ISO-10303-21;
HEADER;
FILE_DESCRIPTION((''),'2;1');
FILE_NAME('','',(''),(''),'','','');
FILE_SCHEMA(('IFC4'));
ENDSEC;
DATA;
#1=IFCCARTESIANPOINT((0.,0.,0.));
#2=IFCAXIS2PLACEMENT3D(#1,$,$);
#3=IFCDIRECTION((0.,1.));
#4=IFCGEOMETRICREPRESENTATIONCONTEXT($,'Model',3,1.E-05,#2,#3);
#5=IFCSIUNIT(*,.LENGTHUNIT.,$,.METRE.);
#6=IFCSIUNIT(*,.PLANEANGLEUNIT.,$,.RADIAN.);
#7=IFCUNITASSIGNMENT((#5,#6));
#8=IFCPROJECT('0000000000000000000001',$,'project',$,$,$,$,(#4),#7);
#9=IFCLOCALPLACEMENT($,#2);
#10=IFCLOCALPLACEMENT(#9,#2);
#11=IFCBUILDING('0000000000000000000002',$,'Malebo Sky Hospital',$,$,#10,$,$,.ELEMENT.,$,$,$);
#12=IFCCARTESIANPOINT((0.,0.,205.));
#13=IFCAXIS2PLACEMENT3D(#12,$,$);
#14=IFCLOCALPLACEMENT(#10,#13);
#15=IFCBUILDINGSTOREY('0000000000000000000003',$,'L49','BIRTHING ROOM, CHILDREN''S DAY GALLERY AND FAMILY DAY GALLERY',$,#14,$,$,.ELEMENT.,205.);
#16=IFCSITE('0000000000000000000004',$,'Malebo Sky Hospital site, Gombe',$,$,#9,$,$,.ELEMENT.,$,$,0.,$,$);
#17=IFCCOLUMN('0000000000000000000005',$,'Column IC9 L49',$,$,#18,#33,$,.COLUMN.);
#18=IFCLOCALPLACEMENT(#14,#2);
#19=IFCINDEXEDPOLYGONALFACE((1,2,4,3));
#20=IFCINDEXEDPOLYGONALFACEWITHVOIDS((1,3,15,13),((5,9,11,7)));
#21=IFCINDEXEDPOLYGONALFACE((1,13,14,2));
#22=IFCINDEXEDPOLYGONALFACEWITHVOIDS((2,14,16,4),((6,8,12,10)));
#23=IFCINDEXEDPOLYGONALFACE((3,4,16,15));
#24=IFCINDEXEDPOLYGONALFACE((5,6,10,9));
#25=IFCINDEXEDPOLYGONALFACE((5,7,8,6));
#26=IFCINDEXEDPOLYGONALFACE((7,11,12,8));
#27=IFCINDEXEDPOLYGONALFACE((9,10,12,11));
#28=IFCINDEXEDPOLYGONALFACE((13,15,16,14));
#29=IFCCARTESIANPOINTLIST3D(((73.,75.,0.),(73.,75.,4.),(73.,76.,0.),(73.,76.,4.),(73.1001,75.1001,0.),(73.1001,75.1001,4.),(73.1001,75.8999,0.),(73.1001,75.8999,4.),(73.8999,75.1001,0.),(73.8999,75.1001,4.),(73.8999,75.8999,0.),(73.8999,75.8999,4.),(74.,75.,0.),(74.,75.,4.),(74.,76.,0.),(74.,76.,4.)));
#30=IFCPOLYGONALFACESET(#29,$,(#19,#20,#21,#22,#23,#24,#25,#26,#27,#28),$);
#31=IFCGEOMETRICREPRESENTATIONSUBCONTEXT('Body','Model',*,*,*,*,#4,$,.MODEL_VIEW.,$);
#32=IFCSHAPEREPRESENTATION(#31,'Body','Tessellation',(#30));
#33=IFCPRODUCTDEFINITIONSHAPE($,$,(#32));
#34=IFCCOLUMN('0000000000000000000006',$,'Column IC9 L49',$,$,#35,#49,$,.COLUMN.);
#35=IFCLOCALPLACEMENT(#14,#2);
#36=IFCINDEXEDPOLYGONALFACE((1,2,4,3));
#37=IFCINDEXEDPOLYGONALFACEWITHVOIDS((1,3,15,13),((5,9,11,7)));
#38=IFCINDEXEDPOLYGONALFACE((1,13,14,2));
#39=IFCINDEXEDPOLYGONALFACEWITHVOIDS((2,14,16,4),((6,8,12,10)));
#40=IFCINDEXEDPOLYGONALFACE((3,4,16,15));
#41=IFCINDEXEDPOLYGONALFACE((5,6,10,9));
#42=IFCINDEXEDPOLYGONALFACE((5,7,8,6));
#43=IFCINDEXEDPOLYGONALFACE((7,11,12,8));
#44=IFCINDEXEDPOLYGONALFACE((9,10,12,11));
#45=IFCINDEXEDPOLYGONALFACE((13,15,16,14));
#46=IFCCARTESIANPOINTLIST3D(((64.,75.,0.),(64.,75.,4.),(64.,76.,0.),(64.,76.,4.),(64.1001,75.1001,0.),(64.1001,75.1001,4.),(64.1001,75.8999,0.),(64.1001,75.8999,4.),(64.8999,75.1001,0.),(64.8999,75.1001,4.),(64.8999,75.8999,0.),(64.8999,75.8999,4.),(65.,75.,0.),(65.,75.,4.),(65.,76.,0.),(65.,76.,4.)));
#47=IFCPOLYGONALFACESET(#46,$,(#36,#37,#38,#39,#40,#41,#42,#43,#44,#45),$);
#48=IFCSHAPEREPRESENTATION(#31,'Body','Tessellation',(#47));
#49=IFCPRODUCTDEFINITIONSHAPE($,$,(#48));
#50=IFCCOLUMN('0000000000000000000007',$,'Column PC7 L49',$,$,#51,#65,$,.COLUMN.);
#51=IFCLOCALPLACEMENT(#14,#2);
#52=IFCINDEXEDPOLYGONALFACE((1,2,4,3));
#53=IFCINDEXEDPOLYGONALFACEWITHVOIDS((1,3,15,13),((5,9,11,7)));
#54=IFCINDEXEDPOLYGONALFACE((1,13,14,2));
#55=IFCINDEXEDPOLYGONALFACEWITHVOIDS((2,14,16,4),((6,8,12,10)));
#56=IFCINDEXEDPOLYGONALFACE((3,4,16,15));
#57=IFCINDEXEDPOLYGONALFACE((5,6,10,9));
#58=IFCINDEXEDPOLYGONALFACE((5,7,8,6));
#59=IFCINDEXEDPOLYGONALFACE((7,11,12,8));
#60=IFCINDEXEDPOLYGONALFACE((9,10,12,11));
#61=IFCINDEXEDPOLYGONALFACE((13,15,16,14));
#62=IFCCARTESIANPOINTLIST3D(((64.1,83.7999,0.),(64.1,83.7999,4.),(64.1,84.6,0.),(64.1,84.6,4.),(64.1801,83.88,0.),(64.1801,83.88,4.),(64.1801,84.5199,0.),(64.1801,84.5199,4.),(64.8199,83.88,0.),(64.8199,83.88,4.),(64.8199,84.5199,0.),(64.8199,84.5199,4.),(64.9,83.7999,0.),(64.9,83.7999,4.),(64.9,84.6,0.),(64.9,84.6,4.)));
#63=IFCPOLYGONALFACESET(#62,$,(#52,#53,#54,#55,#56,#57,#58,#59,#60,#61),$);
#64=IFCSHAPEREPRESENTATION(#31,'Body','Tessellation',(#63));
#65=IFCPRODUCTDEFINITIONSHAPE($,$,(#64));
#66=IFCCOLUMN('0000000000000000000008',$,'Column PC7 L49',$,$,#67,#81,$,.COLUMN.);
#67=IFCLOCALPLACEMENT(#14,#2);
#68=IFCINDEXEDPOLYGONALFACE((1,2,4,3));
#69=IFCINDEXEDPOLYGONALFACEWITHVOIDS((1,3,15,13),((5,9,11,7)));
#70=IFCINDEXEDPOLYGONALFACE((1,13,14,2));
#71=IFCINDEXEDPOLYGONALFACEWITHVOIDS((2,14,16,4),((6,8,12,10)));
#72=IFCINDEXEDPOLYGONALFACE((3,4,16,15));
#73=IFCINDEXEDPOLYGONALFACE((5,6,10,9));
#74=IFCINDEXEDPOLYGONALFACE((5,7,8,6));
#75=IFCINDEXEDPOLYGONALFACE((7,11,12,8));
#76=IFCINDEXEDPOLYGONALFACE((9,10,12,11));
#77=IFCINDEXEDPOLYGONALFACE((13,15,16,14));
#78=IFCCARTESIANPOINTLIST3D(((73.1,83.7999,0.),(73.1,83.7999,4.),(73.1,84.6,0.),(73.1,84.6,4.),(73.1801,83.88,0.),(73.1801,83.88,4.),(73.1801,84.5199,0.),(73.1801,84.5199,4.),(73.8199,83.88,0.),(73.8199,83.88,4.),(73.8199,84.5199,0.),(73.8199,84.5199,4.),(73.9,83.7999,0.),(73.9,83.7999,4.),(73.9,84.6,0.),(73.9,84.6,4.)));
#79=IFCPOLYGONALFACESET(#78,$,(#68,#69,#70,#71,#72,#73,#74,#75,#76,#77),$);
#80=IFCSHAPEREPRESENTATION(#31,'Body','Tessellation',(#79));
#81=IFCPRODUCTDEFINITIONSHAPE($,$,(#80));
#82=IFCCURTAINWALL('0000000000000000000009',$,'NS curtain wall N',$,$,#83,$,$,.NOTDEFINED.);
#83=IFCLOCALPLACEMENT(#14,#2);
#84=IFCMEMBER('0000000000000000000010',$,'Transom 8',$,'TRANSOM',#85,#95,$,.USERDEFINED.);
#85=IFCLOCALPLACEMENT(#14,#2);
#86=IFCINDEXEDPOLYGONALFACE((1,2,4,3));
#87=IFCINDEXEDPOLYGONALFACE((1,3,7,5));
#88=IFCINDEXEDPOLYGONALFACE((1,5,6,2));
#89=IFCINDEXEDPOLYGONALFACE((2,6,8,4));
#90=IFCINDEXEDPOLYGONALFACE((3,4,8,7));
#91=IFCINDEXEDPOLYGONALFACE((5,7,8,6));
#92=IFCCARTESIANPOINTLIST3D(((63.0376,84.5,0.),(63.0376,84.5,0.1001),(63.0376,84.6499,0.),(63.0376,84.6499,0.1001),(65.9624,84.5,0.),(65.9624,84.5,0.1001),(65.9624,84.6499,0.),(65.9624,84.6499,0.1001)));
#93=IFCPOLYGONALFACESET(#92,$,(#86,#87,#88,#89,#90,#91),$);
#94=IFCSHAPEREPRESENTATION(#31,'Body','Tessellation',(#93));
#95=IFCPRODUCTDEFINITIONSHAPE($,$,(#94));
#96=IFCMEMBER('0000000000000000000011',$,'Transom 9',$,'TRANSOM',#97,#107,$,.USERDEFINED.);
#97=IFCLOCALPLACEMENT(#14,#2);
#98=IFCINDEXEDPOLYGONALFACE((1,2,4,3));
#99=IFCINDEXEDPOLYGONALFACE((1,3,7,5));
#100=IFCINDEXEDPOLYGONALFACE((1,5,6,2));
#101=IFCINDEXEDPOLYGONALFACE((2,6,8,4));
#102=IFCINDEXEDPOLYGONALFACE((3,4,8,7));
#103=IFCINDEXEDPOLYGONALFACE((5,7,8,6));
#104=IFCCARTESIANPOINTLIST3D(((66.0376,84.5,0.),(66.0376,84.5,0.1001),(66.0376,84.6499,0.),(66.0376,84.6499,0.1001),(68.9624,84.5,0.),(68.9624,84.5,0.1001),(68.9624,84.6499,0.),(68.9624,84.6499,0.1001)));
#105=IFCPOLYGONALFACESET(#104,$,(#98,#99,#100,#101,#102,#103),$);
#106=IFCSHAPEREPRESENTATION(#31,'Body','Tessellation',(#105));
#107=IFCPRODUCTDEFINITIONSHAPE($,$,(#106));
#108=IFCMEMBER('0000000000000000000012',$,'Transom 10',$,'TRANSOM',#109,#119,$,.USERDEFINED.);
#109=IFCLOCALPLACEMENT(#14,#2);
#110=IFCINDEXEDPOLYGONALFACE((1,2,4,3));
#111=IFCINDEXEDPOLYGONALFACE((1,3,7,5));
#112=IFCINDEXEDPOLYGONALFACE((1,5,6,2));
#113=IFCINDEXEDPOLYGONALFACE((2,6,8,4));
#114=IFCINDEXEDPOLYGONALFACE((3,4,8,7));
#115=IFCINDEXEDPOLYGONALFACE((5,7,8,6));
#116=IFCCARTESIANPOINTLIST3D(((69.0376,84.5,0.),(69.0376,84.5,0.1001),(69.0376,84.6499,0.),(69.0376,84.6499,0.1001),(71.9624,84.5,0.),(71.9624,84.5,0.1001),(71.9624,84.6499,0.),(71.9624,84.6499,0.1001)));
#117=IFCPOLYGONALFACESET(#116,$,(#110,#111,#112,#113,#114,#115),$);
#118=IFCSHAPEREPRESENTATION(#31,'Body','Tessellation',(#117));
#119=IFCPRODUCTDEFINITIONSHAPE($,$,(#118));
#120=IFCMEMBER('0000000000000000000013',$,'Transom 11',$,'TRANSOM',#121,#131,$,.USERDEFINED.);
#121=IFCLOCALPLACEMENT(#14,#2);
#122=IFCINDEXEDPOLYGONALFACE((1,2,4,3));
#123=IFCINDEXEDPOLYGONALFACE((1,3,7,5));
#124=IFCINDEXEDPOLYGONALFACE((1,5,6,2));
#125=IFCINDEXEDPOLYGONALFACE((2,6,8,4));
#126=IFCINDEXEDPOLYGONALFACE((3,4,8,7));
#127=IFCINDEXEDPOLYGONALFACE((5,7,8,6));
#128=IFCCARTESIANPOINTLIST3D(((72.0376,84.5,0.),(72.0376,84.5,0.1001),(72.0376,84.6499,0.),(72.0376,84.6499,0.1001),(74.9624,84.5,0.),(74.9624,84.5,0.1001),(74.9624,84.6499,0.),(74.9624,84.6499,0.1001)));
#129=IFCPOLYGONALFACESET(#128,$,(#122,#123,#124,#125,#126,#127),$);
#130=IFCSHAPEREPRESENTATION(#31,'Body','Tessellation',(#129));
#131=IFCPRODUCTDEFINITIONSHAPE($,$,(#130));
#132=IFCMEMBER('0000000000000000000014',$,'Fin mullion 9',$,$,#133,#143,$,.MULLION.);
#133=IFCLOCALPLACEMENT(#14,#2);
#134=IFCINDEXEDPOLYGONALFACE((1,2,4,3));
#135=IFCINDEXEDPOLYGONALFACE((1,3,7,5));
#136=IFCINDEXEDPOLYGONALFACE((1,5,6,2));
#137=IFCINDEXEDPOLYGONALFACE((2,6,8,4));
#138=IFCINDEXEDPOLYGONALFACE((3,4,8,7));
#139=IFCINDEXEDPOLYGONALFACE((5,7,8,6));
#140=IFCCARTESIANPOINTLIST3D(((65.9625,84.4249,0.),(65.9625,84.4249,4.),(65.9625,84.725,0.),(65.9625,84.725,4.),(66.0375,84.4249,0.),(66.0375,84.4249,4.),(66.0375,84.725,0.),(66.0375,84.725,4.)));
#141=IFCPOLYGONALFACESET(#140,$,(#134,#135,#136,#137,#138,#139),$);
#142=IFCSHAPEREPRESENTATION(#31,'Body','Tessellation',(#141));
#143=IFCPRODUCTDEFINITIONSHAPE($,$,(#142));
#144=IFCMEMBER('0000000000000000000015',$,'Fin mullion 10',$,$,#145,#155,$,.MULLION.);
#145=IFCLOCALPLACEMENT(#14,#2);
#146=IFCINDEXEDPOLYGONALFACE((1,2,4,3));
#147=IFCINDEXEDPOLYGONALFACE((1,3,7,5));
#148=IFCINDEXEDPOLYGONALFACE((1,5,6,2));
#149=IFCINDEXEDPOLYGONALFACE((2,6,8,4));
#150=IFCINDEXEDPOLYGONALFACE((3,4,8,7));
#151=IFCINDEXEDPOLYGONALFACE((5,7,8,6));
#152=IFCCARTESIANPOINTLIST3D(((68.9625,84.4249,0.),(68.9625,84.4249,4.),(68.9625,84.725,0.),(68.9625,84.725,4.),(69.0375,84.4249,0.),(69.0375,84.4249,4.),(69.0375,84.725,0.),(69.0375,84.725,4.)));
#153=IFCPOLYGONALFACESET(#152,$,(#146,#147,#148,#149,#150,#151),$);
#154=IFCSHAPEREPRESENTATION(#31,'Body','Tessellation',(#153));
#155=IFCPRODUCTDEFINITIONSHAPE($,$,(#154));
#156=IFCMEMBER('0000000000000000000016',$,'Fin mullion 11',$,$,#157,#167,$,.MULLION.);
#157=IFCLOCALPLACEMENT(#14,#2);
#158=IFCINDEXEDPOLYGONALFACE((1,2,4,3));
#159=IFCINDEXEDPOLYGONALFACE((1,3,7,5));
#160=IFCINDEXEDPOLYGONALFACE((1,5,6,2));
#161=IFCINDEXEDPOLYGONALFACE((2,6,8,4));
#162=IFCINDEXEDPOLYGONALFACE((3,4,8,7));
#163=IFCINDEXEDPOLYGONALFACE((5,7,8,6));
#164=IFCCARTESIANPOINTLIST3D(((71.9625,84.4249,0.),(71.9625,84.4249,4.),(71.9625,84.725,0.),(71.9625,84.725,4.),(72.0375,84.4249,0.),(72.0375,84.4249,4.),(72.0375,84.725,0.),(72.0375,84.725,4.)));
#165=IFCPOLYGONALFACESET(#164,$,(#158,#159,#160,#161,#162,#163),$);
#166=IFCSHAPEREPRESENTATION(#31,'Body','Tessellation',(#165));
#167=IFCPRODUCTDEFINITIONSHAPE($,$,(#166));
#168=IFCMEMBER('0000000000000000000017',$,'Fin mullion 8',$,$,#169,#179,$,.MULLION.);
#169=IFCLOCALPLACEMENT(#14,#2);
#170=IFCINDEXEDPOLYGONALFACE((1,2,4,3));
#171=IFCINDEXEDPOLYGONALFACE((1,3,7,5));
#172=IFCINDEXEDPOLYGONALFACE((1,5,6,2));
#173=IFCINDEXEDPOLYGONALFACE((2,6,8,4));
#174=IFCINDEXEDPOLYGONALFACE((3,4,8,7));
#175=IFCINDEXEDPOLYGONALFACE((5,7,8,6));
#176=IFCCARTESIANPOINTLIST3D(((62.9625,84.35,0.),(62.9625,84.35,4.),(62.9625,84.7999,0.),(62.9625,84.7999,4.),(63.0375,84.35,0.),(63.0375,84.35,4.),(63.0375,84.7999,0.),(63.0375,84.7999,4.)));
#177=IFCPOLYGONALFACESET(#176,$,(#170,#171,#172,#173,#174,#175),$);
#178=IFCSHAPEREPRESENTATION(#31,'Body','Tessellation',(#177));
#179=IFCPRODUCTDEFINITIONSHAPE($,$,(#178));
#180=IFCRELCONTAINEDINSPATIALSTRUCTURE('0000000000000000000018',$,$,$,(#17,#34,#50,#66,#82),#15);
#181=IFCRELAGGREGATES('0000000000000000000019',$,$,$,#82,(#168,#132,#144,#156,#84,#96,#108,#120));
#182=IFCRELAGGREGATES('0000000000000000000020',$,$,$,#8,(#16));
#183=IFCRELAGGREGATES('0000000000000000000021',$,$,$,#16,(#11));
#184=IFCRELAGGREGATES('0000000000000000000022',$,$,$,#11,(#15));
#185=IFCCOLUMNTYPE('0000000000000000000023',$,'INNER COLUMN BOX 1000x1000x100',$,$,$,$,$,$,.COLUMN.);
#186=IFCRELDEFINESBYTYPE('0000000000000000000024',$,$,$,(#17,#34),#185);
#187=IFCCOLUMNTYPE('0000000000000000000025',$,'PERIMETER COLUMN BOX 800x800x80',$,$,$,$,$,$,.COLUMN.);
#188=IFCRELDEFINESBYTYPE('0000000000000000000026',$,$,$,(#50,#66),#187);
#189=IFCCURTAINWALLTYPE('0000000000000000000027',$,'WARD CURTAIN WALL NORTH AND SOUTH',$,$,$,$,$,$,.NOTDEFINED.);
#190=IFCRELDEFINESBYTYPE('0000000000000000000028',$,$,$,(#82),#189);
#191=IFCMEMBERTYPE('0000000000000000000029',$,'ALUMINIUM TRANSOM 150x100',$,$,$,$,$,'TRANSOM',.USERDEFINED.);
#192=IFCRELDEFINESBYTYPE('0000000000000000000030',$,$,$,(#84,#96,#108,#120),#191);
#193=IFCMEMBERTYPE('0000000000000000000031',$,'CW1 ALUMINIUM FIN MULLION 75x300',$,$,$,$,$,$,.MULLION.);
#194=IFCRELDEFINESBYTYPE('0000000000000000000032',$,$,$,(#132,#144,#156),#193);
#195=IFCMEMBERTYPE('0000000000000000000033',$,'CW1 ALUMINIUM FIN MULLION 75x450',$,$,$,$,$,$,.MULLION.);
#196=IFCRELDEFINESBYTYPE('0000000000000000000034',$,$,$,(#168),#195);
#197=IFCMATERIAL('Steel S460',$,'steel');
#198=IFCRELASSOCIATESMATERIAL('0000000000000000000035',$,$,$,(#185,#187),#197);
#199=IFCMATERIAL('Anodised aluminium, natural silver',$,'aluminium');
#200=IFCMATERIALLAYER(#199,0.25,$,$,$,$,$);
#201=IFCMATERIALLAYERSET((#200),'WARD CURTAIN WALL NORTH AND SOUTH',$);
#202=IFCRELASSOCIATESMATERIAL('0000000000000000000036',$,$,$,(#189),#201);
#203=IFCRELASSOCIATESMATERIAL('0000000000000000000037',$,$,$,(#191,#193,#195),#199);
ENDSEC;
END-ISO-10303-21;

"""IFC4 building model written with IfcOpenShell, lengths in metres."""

from ifc_helpers import new_model, si_unit, direction, frame, origin, origin_2d, place, context, subcontext, project, spatial, rectangle, hollow_rectangle, extrude, material, layer, layer_set, material_profile, profile_set, type_object, element, aggregate, save


model = new_model("IFC4")

# Units and contexts
model_context = context("Model", 3, precision=1e-05, world=origin(), true_north=direction((0.0, 1.0)))
body_context = subcontext(model_context, "Body", "Model", "MODEL_VIEW")
ifc_project = project(units=[si_unit("LENGTHUNIT", "METRE"), si_unit("PLANEANGLEUNIT", "RADIAN")], contexts=[model_context])

# Site, building, storey
site_placement = place(None, origin())
site = spatial("IfcSite", under=ifc_project, at=site_placement, Name="Malebo Sky Hospital site, Gombe", CompositionType="ELEMENT", RefElevation=0.0)
building_placement = place(site_placement, origin())
building = spatial("IfcBuilding", under=site, at=building_placement, Name="Malebo Sky Hospital", CompositionType="ELEMENT")
storey_placement = place(building_placement, frame((0.0, 0.0, 205.0)))
storey = spatial("IfcBuildingStorey", under=building, at=storey_placement, Name="L49", Description="BIRTHING ROOM, CHILDREN'S DAY GALLERY AND FAMILY DAY GALLERY", CompositionType="ELEMENT", Elevation=205.0)

# Columns
ifc_material_1 = material(Name="Steel S460", Category="steel")
ifc_material_profile_1 = material_profile(ifc_material_1, hollow_rectangle(XDim=1.0, YDim=1.0, WallThickness=0.1001, at=origin_2d()), Name="BOX 1000x1000x100")
ifc_profile_set_1 = profile_set([ifc_material_profile_1], Name="Steel S460")
column_type_1 = type_object("IfcColumnType", Name="INNER COLUMN BOX 1000x1000x100", PredefinedType="COLUMN", material=ifc_profile_set_1)
for number, where, z_axis, x_axis, name in (
    (1, (73.5, 75.5, 0.0), (0.0, 0.0, 1.0), (1.0, 0.0, 0.0), "Column IC9 L49"),
    (2, (64.5, 75.5, 0.0), (0.0, 0.0, 1.0), (1.0, 0.0, 0.0), "Column IC9 L49"),
):
    element("IfcColumn", number, at=place(storey_placement, frame(where, z_axis=z_axis, x_axis=x_axis)), inside=storey, type_object=column_type_1, Name=name, PredefinedType="COLUMN", context=body_context, shape_type="SweptSolid", body=[
        extrude(hollow_rectangle(XDim=1.0, YDim=1.0, WallThickness=0.1001, at=origin_2d()), origin(), (0.0, 0.0, 1.0), 4.0),
    ])
ifc_material_profile_2 = material_profile(ifc_material_1, hollow_rectangle(XDim=0.8, YDim=0.8, WallThickness=0.0801, at=origin_2d()), Name="BOX 800x800x80")
ifc_profile_set_2 = profile_set([ifc_material_profile_2], Name="Steel S460")
column_type_2 = type_object("IfcColumnType", Name="PERIMETER COLUMN BOX 800x800x80", PredefinedType="COLUMN", material=ifc_profile_set_2)
for number, where, z_axis, x_axis, name in (
    (3, (64.5, 84.2, 0.0), (0.0, 0.0, 1.0), (1.0, 0.0, 0.0), "Column PC7 L49"),
    (4, (73.5, 84.2, 0.0), (0.0, 0.0, 1.0), (1.0, 0.0, 0.0), "Column PC7 L49"),
):
    element("IfcColumn", number, at=place(storey_placement, frame(where, z_axis=z_axis, x_axis=x_axis)), inside=storey, type_object=column_type_2, Name=name, PredefinedType="COLUMN", context=body_context, shape_type="SweptSolid", body=[
        extrude(hollow_rectangle(XDim=0.8, YDim=0.8, WallThickness=0.0801, at=origin_2d()), origin(), (0.0, 0.0, 1.0), 4.0),
    ])

# Curtain wall, members
ifc_material_2 = material(Name="Anodised aluminium, natural silver", Category="aluminium")
ifc_layer_1 = layer(ifc_material_2, 0.25)
ifc_layer_set_1 = layer_set([ifc_layer_1], Name="WARD CURTAIN WALL NORTH AND SOUTH")
curtain_wall_type = type_object("IfcCurtainWallType", Name="WARD CURTAIN WALL NORTH AND SOUTH", PredefinedType="NOTDEFINED", material=ifc_layer_set_1)
curtain_wall_placement = place(storey_placement, origin())
curtain_wall = element("IfcCurtainWall", 5, at=curtain_wall_placement, inside=storey, type_object=curtain_wall_type, Name="NS curtain wall N", PredefinedType="NOTDEFINED")
ifc_material_profile_3 = material_profile(ifc_material_2, rectangle(XDim=0.1499, YDim=0.1001, at=origin_2d()), Name="ALUMINIUM TRANSOM 150x100")
ifc_profile_set_3 = profile_set([ifc_material_profile_3], Name="Anodised aluminium, natural silver")
member_type_1 = type_object("IfcMemberType", Name="ALUMINIUM TRANSOM 150x100", ElementType="TRANSOM", PredefinedType="USERDEFINED", material=ifc_profile_set_3)
member_1_placement = place(storey_placement, frame((63.0376, 84.575, 0.05), z_axis=(1.0, 0.0, 0.0), x_axis=(0.0, 1.0, 0.0)))
member_1 = element("IfcMember", 6, at=member_1_placement, type_object=member_type_1, Name="Transom 8", ObjectType="TRANSOM", PredefinedType="USERDEFINED", context=body_context, shape_type="SweptSolid", body=[
    extrude(rectangle(XDim=0.1499, YDim=0.1001, at=origin_2d()), origin(), (0.0, 0.0, 1.0), 2.9248),
])
member_2_placement = place(storey_placement, frame((66.0376, 84.575, 0.05), z_axis=(1.0, 0.0, 0.0), x_axis=(0.0, 1.0, 0.0)))
member_2 = element("IfcMember", 7, at=member_2_placement, type_object=member_type_1, Name="Transom 9", ObjectType="TRANSOM", PredefinedType="USERDEFINED", context=body_context, shape_type="SweptSolid", body=[
    extrude(rectangle(XDim=0.1499, YDim=0.1001, at=origin_2d()), origin(), (0.0, 0.0, 1.0), 2.9248),
])
member_3_placement = place(storey_placement, frame((69.0376, 84.575, 0.05), z_axis=(1.0, 0.0, 0.0), x_axis=(0.0, 1.0, 0.0)))
member_3 = element("IfcMember", 8, at=member_3_placement, type_object=member_type_1, Name="Transom 10", ObjectType="TRANSOM", PredefinedType="USERDEFINED", context=body_context, shape_type="SweptSolid", body=[
    extrude(rectangle(XDim=0.1499, YDim=0.1001, at=origin_2d()), origin(), (0.0, 0.0, 1.0), 2.9248),
])
member_4_placement = place(storey_placement, frame((72.0376, 84.575, 0.05), z_axis=(1.0, 0.0, 0.0), x_axis=(0.0, 1.0, 0.0)))
member_4 = element("IfcMember", 9, at=member_4_placement, type_object=member_type_1, Name="Transom 11", ObjectType="TRANSOM", PredefinedType="USERDEFINED", context=body_context, shape_type="SweptSolid", body=[
    extrude(rectangle(XDim=0.1499, YDim=0.1001, at=origin_2d()), origin(), (0.0, 0.0, 1.0), 2.9248),
])
ifc_material_profile_4 = material_profile(ifc_material_2, rectangle(XDim=0.075, YDim=0.3, at=origin_2d()), Name="CW1 ALUMINIUM FIN MULLION 75x300")
ifc_profile_set_4 = profile_set([ifc_material_profile_4], Name="Anodised aluminium, natural silver")
member_type_2 = type_object("IfcMemberType", Name="CW1 ALUMINIUM FIN MULLION 75x300", PredefinedType="MULLION", material=ifc_profile_set_4)
member_5_placement = place(storey_placement, frame((66.0, 84.575, 0.0), z_axis=(0.0, 0.0, 1.0), x_axis=(1.0, 0.0, 0.0)))
member_5 = element("IfcMember", 10, at=member_5_placement, type_object=member_type_2, Name="Fin mullion 9", PredefinedType="MULLION", context=body_context, shape_type="SweptSolid", body=[
    extrude(rectangle(XDim=0.075, YDim=0.3, at=origin_2d()), origin(), (0.0, 0.0, 1.0), 4.0),
])
member_6_placement = place(storey_placement, frame((69.0, 84.575, 0.0), z_axis=(0.0, 0.0, 1.0), x_axis=(1.0, 0.0, 0.0)))
member_6 = element("IfcMember", 11, at=member_6_placement, type_object=member_type_2, Name="Fin mullion 10", PredefinedType="MULLION", context=body_context, shape_type="SweptSolid", body=[
    extrude(rectangle(XDim=0.075, YDim=0.3, at=origin_2d()), origin(), (0.0, 0.0, 1.0), 4.0),
])
member_7_placement = place(storey_placement, frame((72.0, 84.575, 0.0), z_axis=(0.0, 0.0, 1.0), x_axis=(1.0, 0.0, 0.0)))
member_7 = element("IfcMember", 12, at=member_7_placement, type_object=member_type_2, Name="Fin mullion 11", PredefinedType="MULLION", context=body_context, shape_type="SweptSolid", body=[
    extrude(rectangle(XDim=0.075, YDim=0.3, at=origin_2d()), origin(), (0.0, 0.0, 1.0), 4.0),
])
ifc_material_profile_5 = material_profile(ifc_material_2, rectangle(XDim=0.075, YDim=0.45, at=origin_2d()), Name="CW1 ALUMINIUM FIN MULLION 75x450")
ifc_profile_set_5 = profile_set([ifc_material_profile_5], Name="Anodised aluminium, natural silver")
member_type_3 = type_object("IfcMemberType", Name="CW1 ALUMINIUM FIN MULLION 75x450", PredefinedType="MULLION", material=ifc_profile_set_5)
member_8_placement = place(storey_placement, frame((63.0, 84.575, 0.0), z_axis=(0.0, 0.0, 1.0), x_axis=(1.0, 0.0, 0.0)))
member_8 = element("IfcMember", 13, at=member_8_placement, type_object=member_type_3, Name="Fin mullion 8", PredefinedType="MULLION", context=body_context, shape_type="SweptSolid", body=[
    extrude(rectangle(XDim=0.075, YDim=0.45, at=origin_2d()), origin(), (0.0, 0.0, 1.0), 4.0),
])

aggregate(curtain_wall, [member_8, member_5, member_6, member_7, member_1, member_2, member_3, member_4])

save(model, "model.ifc")
